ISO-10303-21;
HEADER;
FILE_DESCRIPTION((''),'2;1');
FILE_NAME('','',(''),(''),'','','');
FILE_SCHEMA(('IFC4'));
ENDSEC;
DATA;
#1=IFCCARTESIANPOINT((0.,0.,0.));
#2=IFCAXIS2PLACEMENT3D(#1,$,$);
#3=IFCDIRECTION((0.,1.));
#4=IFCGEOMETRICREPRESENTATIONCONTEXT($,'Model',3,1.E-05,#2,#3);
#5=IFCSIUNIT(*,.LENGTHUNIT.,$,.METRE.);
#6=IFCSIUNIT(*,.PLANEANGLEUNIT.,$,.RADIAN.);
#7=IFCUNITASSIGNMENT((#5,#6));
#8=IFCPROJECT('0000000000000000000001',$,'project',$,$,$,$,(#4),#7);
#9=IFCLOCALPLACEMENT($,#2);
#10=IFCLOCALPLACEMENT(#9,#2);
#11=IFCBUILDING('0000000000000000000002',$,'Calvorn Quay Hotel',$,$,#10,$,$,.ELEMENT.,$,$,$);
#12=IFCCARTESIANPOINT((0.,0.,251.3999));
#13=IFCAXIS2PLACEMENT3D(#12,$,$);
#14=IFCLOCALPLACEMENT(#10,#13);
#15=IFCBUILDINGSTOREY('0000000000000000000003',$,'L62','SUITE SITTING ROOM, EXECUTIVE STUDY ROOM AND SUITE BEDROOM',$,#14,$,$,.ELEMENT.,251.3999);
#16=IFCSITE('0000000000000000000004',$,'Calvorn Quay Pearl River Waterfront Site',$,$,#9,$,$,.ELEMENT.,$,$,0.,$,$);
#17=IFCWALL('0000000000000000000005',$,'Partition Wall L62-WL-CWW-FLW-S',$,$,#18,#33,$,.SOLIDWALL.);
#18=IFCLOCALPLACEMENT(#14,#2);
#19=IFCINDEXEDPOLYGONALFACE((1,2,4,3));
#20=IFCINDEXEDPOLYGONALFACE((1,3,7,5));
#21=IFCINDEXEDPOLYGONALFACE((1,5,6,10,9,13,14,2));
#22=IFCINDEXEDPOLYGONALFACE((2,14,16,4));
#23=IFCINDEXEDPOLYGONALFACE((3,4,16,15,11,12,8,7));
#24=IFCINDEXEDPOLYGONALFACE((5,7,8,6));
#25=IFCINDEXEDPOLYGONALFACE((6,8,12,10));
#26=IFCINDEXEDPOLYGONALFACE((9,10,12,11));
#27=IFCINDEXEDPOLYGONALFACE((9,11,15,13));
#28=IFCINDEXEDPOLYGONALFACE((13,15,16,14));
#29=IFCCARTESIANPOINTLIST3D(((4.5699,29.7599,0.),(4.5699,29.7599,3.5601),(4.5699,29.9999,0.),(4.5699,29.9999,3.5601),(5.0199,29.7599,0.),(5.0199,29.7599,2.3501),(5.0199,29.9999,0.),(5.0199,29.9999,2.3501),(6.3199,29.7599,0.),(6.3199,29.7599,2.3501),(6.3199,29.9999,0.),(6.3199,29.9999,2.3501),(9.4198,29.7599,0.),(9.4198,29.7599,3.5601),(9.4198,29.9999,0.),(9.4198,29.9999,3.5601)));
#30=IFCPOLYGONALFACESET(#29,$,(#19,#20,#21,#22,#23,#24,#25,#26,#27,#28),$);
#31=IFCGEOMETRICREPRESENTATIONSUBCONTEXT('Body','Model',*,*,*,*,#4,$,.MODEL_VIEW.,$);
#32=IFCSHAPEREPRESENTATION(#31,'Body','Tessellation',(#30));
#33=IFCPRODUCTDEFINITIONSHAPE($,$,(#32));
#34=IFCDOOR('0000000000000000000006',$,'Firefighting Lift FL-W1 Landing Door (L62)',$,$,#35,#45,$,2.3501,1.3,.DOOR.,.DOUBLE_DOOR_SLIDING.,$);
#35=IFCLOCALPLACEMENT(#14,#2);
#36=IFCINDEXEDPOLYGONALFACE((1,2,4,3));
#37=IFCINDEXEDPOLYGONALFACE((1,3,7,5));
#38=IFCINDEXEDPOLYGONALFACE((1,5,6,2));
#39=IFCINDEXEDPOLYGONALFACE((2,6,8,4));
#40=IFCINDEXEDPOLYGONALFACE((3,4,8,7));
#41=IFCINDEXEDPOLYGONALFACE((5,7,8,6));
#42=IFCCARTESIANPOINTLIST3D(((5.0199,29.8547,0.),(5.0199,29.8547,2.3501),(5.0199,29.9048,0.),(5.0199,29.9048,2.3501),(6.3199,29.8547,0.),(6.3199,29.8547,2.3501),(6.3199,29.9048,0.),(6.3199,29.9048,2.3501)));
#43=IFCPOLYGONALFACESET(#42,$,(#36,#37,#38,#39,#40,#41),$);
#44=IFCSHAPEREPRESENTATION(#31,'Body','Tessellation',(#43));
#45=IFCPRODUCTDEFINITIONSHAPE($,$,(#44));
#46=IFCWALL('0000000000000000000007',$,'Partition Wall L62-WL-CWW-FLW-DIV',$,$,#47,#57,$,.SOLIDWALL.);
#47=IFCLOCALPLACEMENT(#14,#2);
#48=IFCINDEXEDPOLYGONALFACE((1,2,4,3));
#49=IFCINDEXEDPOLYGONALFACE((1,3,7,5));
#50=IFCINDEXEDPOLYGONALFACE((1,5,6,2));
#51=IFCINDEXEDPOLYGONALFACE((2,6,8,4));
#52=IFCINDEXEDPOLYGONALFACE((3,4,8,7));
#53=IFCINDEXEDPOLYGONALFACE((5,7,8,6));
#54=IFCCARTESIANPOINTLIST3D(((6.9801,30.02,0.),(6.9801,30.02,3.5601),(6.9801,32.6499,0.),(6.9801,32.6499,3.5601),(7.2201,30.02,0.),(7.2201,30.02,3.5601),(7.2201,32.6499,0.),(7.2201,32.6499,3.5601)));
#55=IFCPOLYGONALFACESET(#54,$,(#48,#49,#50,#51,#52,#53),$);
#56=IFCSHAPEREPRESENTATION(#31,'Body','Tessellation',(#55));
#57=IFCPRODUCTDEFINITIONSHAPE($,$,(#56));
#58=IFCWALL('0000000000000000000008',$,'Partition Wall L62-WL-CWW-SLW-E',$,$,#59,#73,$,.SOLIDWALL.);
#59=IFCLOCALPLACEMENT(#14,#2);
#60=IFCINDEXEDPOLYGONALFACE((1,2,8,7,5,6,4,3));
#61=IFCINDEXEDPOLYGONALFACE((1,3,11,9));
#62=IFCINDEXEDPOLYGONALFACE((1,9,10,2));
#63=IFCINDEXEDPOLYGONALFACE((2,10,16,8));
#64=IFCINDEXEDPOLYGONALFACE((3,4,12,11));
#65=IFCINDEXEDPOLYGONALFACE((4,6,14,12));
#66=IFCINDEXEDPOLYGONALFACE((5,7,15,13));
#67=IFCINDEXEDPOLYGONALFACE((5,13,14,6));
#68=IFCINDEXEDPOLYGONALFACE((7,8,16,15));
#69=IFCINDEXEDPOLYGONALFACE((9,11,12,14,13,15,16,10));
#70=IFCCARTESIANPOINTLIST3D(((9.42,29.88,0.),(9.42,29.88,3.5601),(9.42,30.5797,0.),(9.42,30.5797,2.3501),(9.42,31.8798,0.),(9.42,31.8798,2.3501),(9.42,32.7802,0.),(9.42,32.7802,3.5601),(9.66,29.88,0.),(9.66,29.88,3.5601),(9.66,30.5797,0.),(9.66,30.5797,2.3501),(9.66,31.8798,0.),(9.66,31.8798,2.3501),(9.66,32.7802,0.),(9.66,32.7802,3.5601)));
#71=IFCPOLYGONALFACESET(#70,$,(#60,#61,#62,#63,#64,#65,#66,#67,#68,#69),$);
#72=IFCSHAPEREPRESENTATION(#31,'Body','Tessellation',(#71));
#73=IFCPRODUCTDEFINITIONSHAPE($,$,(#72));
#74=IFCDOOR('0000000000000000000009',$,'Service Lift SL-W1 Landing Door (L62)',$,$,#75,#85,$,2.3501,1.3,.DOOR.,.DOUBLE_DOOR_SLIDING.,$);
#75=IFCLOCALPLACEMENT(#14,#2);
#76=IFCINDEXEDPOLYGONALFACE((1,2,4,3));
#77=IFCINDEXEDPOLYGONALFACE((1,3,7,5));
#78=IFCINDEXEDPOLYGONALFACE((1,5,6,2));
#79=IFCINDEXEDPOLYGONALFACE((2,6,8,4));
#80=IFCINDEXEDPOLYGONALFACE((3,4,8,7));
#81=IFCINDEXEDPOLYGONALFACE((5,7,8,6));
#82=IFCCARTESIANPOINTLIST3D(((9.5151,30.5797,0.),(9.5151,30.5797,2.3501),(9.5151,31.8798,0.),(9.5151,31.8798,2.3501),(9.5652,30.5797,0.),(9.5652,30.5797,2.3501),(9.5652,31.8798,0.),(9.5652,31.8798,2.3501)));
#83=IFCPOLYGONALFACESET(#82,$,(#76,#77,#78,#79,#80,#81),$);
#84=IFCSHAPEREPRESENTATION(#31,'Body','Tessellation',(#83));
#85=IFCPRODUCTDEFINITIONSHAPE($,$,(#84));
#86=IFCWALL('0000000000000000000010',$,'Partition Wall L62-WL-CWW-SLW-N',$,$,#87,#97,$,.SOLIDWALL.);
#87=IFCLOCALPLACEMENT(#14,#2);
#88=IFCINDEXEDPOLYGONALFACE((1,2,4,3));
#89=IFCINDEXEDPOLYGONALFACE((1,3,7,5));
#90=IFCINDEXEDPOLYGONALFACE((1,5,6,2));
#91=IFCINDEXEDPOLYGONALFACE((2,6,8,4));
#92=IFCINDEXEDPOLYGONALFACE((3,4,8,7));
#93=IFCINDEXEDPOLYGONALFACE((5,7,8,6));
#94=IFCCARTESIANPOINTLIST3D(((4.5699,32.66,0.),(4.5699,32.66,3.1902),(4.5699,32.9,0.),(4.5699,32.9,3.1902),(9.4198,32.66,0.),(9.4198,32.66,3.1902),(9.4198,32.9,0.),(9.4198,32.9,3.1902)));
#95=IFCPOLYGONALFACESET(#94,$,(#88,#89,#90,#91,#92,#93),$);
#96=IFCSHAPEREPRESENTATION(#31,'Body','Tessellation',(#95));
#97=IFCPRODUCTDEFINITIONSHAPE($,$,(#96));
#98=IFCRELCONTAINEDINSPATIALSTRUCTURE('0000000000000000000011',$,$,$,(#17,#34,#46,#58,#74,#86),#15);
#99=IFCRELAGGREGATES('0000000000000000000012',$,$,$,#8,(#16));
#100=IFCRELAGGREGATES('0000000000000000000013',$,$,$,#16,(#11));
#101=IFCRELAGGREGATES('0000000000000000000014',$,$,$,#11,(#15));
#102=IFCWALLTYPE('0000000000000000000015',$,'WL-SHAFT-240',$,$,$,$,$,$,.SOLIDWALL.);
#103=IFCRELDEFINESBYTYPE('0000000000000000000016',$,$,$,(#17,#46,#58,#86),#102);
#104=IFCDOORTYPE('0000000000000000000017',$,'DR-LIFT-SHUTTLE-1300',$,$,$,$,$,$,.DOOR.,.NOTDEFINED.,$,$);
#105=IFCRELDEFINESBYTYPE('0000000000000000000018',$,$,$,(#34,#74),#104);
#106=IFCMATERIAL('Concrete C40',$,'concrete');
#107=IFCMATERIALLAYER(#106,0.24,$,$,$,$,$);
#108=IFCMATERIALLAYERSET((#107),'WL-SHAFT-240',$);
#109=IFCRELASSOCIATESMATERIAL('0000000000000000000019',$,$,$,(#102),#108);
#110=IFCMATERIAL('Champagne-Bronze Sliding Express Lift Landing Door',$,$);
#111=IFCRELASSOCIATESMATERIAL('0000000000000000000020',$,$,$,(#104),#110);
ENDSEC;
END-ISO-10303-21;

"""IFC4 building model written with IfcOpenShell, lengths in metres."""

from ifc_helpers import new_model, si_unit, direction, frame, frame_2d, origin, place, context, subcontext, project, spatial, rectangle, extrude, material, layer, layer_set, type_object, element, fill, save


model = new_model("IFC4")

# Units and contexts
model_context = context("Model", 3, precision=1e-05, world=origin(), true_north=direction((0.0, 1.0)))
body_context = subcontext(model_context, "Body", "Model", "MODEL_VIEW")
ifc_project = project(units=[si_unit("LENGTHUNIT", "METRE"), si_unit("PLANEANGLEUNIT", "RADIAN")], contexts=[model_context])

# Site, building, storey
site_placement = place(None, origin())
site = spatial("IfcSite", under=ifc_project, at=site_placement, Name="Calvorn Quay Pearl River Waterfront Site", CompositionType="ELEMENT", RefElevation=0.0)
building_placement = place(site_placement, origin())
building = spatial("IfcBuilding", under=site, at=building_placement, Name="Calvorn Quay Hotel", CompositionType="ELEMENT")
storey_placement = place(building_placement, frame((0.0, 0.0, 251.3999)))
storey = spatial("IfcBuildingStorey", under=building, at=storey_placement, Name="L62", Description="SUITE SITTING ROOM, EXECUTIVE STUDY ROOM AND SUITE BEDROOM", CompositionType="ELEMENT", Elevation=251.3999)

# Wall, opening, door
ifc_material_1 = material(Name="Concrete C40", Category="concrete")
ifc_layer_1 = layer(ifc_material_1, 0.24)
ifc_layer_set_1 = layer_set([ifc_layer_1], Name="WL-SHAFT-240")
wall_type_1 = type_object("IfcWallType", Name="WL-SHAFT-240", PredefinedType="SOLIDWALL", material=ifc_layer_set_1)
wall_1_placement = place(storey_placement, frame((4.5701, 29.8799, 0.0), z_axis=(0.0, 0.0, 1.0), x_axis=(1.0, 0.0, 0.0)))
wall_1 = element("IfcWall", 1, at=wall_1_placement, inside=storey, type_object=wall_type_1, Name="Partition Wall L62-WL-CWW-FLW-S", PredefinedType="SOLIDWALL", context=body_context, shape_type="SweptSolid", body=[
    extrude(rectangle(XDim=4.8499, YDim=0.24, at=frame_2d((2.4248, 0.0))), origin(), (0.0, 0.0, 1.0), 3.5601),
])
opening_1_placement = place(wall_1_placement, frame((0.45, 0.0, 0.0)))
opening_1 = element("IfcOpeningElement", 2, at=opening_1_placement, cuts=wall_1, PredefinedType="OPENING", context=body_context, shape_type="SweptSolid", body=[
    extrude(rectangle(XDim=1.3, YDim=2.3501, at=frame_2d((0.6499, 1.175))), frame((0.0, 0.1299, 0.0), z_axis=(0.0, -1.0, 0.0), x_axis=(1.0, 0.0, 0.0)), (0.0, 0.0, 1.0), 0.26),
])
ifc_material_2 = material(Name="Champagne-Bronze Sliding Express Lift Landing Door")
door_type_1 = type_object("IfcDoorType", Name="DR-LIFT-SHUTTLE-1300", OperationType="NOTDEFINED", PredefinedType="DOOR", material=ifc_material_2)
door_1_placement = place(opening_1_placement, origin())
door_1 = element("IfcDoor", 3, at=door_1_placement, inside=storey, type_object=door_type_1, Name="Firefighting Lift FL-W1 Landing Door (L62)", OperationType="DOUBLE_DOOR_SLIDING", OverallHeight=2.3501, OverallWidth=1.3, PredefinedType="DOOR", context=body_context, shape_type="SweptSolid", body=[
    extrude(rectangle(XDim=1.3, YDim=2.3501, at=frame_2d((0.6499, 1.175))), frame((0.0, 0.0249, 0.0), z_axis=(0.0, -1.0, 0.0), x_axis=(1.0, 0.0, 0.0)), (0.0, 0.0, 1.0), 0.05),
])
fill(opening_1, door_1)

# Wall
wall_2_placement = place(storey_placement, frame((7.1001, 30.02, 0.0), z_axis=(0.0, 0.0, 1.0), x_axis=(0.0, 1.0, 0.0)))
element("IfcWall", 4, at=wall_2_placement, inside=storey, type_object=wall_type_1, Name="Partition Wall L62-WL-CWW-FLW-DIV", PredefinedType="SOLIDWALL", context=body_context, shape_type="SweptSolid", body=[
    extrude(rectangle(XDim=2.6299, YDim=0.24, at=frame_2d((1.3149, 0.0))), origin(), (0.0, 0.0, 1.0), 3.5601),
])

# Wall, opening, door
wall_3_placement = place(storey_placement, frame((9.54, 29.8799, 0.0), z_axis=(0.0, 0.0, 1.0), x_axis=(0.0, 1.0, 0.0)))
wall_3 = element("IfcWall", 5, at=wall_3_placement, inside=storey, type_object=wall_type_1, Name="Partition Wall L62-WL-CWW-SLW-E", PredefinedType="SOLIDWALL", context=body_context, shape_type="SweptSolid", body=[
    extrude(rectangle(XDim=2.9001, YDim=0.24, at=frame_2d((1.4502, 0.0))), origin(), (0.0, 0.0, 1.0), 3.5601),
])
opening_2_placement = place(wall_3_placement, frame((0.7, 0.0, 0.0)))
opening_2 = element("IfcOpeningElement", 6, at=opening_2_placement, cuts=wall_3, PredefinedType="OPENING", context=body_context, shape_type="SweptSolid", body=[
    extrude(rectangle(XDim=1.3, YDim=2.3501, at=frame_2d((0.6499, 1.175))), frame((0.0, 0.1299, 0.0), z_axis=(0.0, -1.0, 0.0), x_axis=(1.0, 0.0, 0.0)), (0.0, 0.0, 1.0), 0.26),
])
door_2_placement = place(opening_2_placement, origin())
door_2 = element("IfcDoor", 7, at=door_2_placement, inside=storey, type_object=door_type_1, Name="Service Lift SL-W1 Landing Door (L62)", OperationType="DOUBLE_DOOR_SLIDING", OverallHeight=2.3501, OverallWidth=1.3, PredefinedType="DOOR", context=body_context, shape_type="SweptSolid", body=[
    extrude(rectangle(XDim=1.3, YDim=2.3501, at=frame_2d((0.6499, 1.175))), frame((0.0, 0.0249, 0.0), z_axis=(0.0, -1.0, 0.0), x_axis=(1.0, 0.0, 0.0)), (0.0, 0.0, 1.0), 0.05),
])
fill(opening_2, door_2)

# Wall
wall_4_placement = place(storey_placement, frame((4.5701, 32.78, 0.0), z_axis=(0.0, 0.0, 1.0), x_axis=(1.0, 0.0, 0.0)))
element("IfcWall", 8, at=wall_4_placement, inside=storey, type_object=wall_type_1, Name="Partition Wall L62-WL-CWW-SLW-N", PredefinedType="SOLIDWALL", context=body_context, shape_type="SweptSolid", body=[
    extrude(rectangle(XDim=4.8499, YDim=0.24, at=frame_2d((2.4248, 0.0))), origin(), (0.0, 0.0, 1.0), 3.1902),
])

save(model, "model.ifc")
